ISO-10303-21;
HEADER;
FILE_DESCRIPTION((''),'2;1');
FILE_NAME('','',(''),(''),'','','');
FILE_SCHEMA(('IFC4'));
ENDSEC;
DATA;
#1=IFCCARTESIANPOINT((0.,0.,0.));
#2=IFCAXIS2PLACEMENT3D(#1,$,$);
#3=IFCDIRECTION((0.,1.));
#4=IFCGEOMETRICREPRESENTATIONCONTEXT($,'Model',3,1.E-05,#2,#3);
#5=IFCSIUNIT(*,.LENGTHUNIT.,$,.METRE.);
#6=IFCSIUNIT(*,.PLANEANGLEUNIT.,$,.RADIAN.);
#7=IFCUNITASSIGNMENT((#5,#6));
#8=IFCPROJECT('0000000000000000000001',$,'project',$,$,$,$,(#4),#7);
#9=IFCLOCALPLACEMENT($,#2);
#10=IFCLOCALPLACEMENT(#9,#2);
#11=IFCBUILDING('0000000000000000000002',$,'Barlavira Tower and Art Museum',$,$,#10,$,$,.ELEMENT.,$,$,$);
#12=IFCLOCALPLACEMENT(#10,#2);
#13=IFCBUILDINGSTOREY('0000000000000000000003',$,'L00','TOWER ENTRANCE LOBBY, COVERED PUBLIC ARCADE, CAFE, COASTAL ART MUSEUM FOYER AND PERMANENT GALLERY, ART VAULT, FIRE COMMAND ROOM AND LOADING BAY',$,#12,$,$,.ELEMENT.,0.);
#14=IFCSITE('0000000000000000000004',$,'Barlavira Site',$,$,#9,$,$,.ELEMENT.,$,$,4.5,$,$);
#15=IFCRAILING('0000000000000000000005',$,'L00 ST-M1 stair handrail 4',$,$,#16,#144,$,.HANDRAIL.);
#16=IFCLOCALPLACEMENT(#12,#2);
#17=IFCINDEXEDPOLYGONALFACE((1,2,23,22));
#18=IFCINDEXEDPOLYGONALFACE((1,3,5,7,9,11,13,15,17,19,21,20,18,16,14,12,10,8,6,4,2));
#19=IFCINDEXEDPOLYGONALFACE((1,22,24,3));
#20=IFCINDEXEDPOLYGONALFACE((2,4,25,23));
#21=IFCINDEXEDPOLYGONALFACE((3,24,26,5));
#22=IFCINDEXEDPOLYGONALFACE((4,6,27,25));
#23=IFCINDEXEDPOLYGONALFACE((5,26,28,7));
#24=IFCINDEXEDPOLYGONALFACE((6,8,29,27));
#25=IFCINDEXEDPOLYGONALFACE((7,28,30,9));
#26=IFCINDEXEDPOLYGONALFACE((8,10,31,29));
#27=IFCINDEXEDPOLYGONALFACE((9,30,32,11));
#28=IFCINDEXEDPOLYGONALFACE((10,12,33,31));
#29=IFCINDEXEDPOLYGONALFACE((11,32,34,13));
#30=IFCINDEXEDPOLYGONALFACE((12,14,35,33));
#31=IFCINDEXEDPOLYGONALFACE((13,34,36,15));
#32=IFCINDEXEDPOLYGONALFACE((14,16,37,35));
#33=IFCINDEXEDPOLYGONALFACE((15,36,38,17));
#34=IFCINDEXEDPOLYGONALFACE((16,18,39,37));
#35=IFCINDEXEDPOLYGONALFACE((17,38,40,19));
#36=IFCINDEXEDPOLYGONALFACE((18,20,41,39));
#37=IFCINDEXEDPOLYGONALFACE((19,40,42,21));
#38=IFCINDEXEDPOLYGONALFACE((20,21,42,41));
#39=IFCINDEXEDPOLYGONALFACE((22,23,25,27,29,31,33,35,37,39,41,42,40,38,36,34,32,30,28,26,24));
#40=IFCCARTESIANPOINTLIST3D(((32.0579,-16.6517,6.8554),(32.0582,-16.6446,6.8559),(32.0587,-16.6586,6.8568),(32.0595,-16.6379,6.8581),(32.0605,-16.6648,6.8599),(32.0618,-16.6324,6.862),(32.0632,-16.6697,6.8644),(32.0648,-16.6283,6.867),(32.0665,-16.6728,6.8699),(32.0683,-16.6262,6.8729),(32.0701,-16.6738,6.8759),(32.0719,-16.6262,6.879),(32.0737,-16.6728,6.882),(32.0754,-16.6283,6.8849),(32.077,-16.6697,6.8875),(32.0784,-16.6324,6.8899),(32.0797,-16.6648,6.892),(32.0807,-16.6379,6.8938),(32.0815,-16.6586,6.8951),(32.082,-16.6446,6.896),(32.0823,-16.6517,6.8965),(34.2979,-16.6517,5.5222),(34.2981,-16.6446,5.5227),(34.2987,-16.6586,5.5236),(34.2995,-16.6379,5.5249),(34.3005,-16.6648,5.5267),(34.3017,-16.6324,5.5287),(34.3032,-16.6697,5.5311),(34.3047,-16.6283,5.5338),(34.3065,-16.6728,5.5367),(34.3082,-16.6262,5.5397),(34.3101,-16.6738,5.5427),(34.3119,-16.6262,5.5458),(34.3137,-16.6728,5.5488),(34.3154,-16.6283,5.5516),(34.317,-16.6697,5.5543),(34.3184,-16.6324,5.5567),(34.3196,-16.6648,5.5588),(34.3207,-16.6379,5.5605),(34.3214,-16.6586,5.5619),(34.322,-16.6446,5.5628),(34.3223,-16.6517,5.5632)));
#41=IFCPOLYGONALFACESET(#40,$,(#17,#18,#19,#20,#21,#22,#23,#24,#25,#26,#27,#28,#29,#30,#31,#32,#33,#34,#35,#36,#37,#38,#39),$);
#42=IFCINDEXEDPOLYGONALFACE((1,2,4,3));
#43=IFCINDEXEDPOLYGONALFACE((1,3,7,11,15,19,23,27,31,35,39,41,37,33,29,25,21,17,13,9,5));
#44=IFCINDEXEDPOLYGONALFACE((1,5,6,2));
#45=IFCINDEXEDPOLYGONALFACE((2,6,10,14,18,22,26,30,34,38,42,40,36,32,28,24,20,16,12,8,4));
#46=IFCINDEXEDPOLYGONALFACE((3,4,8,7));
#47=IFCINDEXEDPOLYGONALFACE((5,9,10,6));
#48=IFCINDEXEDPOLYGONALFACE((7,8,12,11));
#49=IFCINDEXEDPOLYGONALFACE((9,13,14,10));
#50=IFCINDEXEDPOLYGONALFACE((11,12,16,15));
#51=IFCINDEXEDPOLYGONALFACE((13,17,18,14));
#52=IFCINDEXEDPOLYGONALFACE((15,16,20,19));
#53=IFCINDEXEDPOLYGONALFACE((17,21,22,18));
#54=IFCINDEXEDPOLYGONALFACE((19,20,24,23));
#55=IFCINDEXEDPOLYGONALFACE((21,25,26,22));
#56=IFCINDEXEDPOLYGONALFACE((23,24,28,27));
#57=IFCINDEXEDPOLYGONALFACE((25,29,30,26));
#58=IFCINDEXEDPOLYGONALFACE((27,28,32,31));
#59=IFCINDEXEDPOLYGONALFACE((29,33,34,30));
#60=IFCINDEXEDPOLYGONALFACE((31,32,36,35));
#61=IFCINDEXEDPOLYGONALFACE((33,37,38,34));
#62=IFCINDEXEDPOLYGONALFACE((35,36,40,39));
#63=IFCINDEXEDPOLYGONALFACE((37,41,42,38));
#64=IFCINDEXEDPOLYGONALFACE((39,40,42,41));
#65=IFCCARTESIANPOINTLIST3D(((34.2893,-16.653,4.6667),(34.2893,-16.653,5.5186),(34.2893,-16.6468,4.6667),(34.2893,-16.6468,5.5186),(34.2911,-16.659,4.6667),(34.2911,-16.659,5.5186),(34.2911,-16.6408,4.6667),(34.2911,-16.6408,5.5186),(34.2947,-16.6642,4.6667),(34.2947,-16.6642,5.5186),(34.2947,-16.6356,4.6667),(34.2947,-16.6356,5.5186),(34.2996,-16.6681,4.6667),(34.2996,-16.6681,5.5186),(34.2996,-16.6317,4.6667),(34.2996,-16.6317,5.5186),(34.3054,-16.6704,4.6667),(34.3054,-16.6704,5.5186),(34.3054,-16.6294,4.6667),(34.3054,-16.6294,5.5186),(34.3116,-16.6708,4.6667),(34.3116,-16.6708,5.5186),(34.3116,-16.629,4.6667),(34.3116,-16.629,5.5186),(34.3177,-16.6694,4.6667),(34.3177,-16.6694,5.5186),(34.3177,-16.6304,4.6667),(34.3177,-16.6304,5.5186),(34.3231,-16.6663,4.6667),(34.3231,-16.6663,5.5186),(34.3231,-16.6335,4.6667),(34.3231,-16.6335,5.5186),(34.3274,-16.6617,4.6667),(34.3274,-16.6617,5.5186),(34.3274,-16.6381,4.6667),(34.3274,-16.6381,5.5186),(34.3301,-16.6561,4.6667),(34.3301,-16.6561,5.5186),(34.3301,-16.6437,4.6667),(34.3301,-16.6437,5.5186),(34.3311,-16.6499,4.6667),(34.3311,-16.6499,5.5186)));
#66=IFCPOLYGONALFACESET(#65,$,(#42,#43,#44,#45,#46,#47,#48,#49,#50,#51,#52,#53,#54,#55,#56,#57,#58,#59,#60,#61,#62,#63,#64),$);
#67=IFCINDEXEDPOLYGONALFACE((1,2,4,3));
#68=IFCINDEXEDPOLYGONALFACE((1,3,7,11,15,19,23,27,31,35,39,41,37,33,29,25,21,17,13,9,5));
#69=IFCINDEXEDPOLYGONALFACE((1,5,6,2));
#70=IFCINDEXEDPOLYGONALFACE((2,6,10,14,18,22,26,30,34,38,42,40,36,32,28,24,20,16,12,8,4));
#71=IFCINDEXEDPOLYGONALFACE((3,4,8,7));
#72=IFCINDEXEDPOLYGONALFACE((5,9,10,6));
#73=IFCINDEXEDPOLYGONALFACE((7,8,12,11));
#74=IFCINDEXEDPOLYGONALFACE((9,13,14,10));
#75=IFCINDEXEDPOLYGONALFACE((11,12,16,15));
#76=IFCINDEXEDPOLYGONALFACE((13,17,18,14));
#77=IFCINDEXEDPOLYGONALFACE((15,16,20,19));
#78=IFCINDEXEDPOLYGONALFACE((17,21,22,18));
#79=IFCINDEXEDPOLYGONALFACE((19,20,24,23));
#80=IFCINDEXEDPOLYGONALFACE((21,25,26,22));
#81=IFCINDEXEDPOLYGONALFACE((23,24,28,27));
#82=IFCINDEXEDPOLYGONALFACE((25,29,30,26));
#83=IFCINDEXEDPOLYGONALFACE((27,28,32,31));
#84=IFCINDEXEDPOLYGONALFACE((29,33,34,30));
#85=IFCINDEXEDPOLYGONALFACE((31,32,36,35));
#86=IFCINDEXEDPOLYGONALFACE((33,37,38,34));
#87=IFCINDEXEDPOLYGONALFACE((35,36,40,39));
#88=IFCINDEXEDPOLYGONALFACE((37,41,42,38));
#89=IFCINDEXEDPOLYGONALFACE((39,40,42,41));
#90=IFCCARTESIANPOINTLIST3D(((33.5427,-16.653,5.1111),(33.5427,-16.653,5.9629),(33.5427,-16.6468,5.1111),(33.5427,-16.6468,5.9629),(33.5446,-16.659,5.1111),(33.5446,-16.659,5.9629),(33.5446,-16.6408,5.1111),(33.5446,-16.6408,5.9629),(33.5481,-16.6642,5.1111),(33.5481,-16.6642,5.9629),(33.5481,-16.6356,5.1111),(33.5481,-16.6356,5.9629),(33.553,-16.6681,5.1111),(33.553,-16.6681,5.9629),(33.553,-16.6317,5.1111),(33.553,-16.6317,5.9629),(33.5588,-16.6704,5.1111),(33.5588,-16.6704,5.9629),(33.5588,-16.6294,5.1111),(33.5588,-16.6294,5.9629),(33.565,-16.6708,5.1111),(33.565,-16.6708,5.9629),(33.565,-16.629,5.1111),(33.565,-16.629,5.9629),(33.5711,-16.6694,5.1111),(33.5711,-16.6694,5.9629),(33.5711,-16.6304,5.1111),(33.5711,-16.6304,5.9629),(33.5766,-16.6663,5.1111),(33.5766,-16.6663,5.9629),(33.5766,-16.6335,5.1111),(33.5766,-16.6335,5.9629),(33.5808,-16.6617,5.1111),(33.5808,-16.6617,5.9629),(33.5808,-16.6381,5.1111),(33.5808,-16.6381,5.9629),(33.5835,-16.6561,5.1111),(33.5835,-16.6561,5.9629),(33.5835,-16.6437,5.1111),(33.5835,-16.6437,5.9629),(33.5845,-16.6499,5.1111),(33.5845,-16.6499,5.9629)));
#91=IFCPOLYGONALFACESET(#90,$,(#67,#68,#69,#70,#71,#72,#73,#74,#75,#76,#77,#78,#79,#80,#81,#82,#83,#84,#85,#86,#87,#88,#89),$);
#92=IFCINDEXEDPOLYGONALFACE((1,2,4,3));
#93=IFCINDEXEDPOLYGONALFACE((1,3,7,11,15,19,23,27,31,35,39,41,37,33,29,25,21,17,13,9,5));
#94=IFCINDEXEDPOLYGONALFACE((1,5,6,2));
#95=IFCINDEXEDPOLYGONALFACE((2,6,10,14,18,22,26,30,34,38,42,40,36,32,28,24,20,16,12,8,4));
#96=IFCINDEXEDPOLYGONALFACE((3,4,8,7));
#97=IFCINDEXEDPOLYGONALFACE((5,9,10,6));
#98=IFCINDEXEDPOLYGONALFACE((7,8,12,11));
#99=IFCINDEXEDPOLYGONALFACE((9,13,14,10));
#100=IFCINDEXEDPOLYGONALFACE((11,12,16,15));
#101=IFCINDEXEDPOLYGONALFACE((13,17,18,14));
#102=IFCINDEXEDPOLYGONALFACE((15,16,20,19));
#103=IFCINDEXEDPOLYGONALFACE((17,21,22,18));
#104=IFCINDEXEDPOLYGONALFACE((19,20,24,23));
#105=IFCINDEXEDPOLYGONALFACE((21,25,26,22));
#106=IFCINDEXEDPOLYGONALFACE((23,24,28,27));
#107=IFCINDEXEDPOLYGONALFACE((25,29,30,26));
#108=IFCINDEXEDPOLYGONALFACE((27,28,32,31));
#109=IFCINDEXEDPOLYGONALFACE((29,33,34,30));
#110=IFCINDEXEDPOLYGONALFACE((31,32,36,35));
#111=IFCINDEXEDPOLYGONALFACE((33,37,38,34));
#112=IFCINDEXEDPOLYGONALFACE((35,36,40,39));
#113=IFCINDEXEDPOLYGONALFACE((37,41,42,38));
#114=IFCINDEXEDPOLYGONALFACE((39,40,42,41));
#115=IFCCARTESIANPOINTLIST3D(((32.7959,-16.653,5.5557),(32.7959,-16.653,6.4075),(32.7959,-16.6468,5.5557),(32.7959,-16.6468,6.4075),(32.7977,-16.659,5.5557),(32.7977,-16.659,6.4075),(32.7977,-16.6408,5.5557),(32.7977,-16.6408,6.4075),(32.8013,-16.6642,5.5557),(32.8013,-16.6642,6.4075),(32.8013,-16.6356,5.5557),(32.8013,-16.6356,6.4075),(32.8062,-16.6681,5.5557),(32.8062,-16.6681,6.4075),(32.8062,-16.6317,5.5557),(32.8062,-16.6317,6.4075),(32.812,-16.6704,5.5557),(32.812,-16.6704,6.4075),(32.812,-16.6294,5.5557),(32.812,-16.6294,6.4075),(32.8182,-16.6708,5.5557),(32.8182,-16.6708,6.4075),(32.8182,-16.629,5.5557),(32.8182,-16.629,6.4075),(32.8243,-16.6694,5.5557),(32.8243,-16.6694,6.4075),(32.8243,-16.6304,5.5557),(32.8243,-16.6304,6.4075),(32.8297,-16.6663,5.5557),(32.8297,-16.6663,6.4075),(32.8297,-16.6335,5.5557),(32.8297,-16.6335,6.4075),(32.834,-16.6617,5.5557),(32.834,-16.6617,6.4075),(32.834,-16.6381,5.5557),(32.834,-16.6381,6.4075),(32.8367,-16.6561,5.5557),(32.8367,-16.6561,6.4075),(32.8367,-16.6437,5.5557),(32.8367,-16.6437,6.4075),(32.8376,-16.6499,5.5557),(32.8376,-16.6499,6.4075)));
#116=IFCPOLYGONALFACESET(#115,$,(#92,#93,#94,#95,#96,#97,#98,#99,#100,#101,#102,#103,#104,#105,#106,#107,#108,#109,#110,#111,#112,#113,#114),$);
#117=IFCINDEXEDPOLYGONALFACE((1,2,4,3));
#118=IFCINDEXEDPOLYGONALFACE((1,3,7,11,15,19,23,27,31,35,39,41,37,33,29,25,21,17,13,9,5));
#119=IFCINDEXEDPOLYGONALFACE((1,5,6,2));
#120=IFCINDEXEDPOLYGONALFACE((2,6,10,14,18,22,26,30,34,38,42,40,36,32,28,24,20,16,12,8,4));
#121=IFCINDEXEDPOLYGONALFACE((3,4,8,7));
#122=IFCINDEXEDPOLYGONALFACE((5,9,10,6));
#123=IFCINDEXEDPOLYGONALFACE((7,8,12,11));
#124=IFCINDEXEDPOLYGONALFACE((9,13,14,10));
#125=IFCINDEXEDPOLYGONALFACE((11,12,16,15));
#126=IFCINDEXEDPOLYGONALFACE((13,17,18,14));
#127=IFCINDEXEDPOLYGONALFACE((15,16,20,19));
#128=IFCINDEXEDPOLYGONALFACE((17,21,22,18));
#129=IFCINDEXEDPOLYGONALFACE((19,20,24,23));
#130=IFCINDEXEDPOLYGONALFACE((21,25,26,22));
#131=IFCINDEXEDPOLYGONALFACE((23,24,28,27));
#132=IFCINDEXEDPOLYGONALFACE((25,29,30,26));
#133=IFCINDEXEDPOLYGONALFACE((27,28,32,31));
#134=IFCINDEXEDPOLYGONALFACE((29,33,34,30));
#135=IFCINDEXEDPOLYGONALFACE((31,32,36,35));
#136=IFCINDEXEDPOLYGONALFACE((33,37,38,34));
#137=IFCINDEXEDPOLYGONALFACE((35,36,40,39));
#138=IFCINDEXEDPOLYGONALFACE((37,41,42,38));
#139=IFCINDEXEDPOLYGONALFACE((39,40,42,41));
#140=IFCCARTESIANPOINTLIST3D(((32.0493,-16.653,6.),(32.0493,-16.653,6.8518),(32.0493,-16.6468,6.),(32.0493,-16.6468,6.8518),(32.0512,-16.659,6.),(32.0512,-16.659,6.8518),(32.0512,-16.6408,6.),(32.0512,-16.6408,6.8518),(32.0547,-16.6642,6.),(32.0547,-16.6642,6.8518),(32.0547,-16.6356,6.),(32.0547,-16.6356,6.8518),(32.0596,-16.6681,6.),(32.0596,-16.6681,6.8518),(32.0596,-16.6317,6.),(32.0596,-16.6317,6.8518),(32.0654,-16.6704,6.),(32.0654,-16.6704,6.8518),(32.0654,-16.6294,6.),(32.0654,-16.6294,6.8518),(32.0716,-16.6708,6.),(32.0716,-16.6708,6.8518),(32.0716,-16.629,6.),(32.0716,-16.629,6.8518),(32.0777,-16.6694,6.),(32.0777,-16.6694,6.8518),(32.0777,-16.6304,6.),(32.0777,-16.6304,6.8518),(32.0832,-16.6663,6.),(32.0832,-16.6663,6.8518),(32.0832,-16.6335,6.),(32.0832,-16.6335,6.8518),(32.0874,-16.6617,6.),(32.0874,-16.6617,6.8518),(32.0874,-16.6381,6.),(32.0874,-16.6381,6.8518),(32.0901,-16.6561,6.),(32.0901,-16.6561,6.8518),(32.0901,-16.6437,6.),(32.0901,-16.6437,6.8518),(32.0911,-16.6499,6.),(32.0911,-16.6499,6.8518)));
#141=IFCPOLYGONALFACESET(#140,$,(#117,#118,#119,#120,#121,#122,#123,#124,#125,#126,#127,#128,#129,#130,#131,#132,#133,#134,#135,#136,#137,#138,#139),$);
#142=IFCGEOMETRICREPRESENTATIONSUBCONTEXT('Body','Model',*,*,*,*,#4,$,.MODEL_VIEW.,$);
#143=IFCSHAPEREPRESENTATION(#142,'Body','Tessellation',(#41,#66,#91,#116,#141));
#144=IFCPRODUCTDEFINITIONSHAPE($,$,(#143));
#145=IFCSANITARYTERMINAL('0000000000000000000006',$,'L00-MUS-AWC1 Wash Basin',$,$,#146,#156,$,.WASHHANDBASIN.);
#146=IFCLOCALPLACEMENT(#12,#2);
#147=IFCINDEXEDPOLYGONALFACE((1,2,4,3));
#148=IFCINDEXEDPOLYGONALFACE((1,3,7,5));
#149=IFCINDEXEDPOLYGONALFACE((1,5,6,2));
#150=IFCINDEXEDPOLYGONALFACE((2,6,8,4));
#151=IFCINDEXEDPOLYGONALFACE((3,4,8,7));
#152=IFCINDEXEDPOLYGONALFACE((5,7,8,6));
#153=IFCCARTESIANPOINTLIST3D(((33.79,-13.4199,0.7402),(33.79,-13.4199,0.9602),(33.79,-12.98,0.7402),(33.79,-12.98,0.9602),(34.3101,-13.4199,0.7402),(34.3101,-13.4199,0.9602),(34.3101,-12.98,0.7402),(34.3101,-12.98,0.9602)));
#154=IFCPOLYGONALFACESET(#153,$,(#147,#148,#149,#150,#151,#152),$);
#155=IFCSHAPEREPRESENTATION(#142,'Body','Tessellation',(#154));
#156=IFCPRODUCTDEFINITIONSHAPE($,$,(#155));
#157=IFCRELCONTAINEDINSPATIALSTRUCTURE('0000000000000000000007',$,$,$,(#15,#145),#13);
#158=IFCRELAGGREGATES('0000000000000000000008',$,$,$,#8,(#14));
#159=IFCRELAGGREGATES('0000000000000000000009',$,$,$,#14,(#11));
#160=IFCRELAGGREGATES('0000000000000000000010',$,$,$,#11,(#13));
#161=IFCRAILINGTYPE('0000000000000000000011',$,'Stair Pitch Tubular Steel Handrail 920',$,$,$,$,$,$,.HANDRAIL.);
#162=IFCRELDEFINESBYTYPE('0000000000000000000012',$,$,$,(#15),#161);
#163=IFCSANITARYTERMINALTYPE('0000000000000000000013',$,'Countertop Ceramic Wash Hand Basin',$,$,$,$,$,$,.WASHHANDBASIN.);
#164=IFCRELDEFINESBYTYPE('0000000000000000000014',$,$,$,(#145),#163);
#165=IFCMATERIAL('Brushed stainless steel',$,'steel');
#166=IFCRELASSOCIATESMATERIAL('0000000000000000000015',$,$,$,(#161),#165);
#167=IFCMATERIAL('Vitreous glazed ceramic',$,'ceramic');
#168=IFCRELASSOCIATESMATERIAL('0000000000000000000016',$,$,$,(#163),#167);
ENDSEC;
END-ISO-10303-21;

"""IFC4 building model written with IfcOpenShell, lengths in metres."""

from ifc_helpers import new_model, si_unit, direction, frame, origin, origin_2d, place, context, subcontext, project, spatial, rectangle, circle, extrude, material, type_object, element, save


model = new_model("IFC4")

# Units and contexts
model_context = context("Model", 3, precision=1e-05, world=origin(), true_north=direction((0.0, 1.0)))
body_context = subcontext(model_context, "Body", "Model", "MODEL_VIEW")
ifc_project = project(units=[si_unit("LENGTHUNIT", "METRE"), si_unit("PLANEANGLEUNIT", "RADIAN")], contexts=[model_context])

# Site, building, storey
site_placement = place(None, origin())
site = spatial("IfcSite", under=ifc_project, at=site_placement, Name="Barlavira Site", CompositionType="ELEMENT", RefElevation=4.5)
building_placement = place(site_placement, origin())
building = spatial("IfcBuilding", under=site, at=building_placement, Name="Barlavira Tower and Art Museum", CompositionType="ELEMENT")
storey_placement = place(building_placement, origin())
storey = spatial("IfcBuildingStorey", under=building, at=storey_placement, Name="L00", Description="TOWER ENTRANCE LOBBY, COVERED PUBLIC ARCADE, CAFE, COASTAL ART MUSEUM FOYER AND PERMANENT GALLERY, ART VAULT, FIRE COMMAND ROOM AND LOADING BAY", CompositionType="ELEMENT", Elevation=0.0)

# Shared definitions
ifc_material_1 = material(Name="Brushed stainless steel", Category="steel")

# Railing
railing_type_1 = type_object("IfcRailingType", Name="Stair Pitch Tubular Steel Handrail 920", PredefinedType="HANDRAIL", material=ifc_material_1)
for number, where, name in (
    (1, (34.3101, -16.6499, 4.6667), "L00 ST-M1 stair handrail 4"),
):
    element("IfcRailing", number, at=place(storey_placement, frame(where)), inside=storey, type_object=railing_type_1, Name=name, PredefinedType="HANDRAIL", context=body_context, shape_type="SweptSolid", body=[
        extrude(circle(Radius=0.0239, at=origin_2d()), frame((0.0, 0.0, 0.876), z_axis=(-0.859306, 0.0, 0.511462), x_axis=(0.0, -1.0, 0.0)), (0.0, 0.0, 1.0), 2.6067),
        extrude(circle(Radius=0.021, at=origin_2d()), origin(), (0.0, 0.0, 1.0), 0.8518),
        extrude(circle(Radius=0.021, at=origin_2d()), frame((-0.7466, 0.0, 0.4443)), (0.0, 0.0, 1.0), 0.8518),
        extrude(circle(Radius=0.021, at=origin_2d()), frame((-1.4934, 0.0, 0.8889)), (0.0, 0.0, 1.0), 0.8518),
        extrude(circle(Radius=0.021, at=origin_2d()), frame((-2.24, 0.0, 1.3333)), (0.0, 0.0, 1.0), 0.8518),
    ])

# Sanitary terminal
ifc_material_2 = material(Name="Vitreous glazed ceramic", Category="ceramic")
sanitary_terminal_type = type_object("IfcSanitaryTerminalType", Name="Countertop Ceramic Wash Hand Basin", PredefinedType="WASHHANDBASIN", material=ifc_material_2)
sanitary_terminal_placement = place(storey_placement, frame((34.05, -13.2, 0.7402), z_axis=(0.0, 0.0, 1.0), x_axis=(1.0, 0.0, 0.0)))
element("IfcSanitaryTerminal", 2, at=sanitary_terminal_placement, inside=storey, type_object=sanitary_terminal_type, Name="L00-MUS-AWC1 Wash Basin", PredefinedType="WASHHANDBASIN", context=body_context, shape_type="SweptSolid", body=[
    extrude(rectangle(XDim=0.52, YDim=0.4399, at=origin_2d()), origin(), (0.0, 0.0, 1.0), 0.22),
])

save(model, "model.ifc")
